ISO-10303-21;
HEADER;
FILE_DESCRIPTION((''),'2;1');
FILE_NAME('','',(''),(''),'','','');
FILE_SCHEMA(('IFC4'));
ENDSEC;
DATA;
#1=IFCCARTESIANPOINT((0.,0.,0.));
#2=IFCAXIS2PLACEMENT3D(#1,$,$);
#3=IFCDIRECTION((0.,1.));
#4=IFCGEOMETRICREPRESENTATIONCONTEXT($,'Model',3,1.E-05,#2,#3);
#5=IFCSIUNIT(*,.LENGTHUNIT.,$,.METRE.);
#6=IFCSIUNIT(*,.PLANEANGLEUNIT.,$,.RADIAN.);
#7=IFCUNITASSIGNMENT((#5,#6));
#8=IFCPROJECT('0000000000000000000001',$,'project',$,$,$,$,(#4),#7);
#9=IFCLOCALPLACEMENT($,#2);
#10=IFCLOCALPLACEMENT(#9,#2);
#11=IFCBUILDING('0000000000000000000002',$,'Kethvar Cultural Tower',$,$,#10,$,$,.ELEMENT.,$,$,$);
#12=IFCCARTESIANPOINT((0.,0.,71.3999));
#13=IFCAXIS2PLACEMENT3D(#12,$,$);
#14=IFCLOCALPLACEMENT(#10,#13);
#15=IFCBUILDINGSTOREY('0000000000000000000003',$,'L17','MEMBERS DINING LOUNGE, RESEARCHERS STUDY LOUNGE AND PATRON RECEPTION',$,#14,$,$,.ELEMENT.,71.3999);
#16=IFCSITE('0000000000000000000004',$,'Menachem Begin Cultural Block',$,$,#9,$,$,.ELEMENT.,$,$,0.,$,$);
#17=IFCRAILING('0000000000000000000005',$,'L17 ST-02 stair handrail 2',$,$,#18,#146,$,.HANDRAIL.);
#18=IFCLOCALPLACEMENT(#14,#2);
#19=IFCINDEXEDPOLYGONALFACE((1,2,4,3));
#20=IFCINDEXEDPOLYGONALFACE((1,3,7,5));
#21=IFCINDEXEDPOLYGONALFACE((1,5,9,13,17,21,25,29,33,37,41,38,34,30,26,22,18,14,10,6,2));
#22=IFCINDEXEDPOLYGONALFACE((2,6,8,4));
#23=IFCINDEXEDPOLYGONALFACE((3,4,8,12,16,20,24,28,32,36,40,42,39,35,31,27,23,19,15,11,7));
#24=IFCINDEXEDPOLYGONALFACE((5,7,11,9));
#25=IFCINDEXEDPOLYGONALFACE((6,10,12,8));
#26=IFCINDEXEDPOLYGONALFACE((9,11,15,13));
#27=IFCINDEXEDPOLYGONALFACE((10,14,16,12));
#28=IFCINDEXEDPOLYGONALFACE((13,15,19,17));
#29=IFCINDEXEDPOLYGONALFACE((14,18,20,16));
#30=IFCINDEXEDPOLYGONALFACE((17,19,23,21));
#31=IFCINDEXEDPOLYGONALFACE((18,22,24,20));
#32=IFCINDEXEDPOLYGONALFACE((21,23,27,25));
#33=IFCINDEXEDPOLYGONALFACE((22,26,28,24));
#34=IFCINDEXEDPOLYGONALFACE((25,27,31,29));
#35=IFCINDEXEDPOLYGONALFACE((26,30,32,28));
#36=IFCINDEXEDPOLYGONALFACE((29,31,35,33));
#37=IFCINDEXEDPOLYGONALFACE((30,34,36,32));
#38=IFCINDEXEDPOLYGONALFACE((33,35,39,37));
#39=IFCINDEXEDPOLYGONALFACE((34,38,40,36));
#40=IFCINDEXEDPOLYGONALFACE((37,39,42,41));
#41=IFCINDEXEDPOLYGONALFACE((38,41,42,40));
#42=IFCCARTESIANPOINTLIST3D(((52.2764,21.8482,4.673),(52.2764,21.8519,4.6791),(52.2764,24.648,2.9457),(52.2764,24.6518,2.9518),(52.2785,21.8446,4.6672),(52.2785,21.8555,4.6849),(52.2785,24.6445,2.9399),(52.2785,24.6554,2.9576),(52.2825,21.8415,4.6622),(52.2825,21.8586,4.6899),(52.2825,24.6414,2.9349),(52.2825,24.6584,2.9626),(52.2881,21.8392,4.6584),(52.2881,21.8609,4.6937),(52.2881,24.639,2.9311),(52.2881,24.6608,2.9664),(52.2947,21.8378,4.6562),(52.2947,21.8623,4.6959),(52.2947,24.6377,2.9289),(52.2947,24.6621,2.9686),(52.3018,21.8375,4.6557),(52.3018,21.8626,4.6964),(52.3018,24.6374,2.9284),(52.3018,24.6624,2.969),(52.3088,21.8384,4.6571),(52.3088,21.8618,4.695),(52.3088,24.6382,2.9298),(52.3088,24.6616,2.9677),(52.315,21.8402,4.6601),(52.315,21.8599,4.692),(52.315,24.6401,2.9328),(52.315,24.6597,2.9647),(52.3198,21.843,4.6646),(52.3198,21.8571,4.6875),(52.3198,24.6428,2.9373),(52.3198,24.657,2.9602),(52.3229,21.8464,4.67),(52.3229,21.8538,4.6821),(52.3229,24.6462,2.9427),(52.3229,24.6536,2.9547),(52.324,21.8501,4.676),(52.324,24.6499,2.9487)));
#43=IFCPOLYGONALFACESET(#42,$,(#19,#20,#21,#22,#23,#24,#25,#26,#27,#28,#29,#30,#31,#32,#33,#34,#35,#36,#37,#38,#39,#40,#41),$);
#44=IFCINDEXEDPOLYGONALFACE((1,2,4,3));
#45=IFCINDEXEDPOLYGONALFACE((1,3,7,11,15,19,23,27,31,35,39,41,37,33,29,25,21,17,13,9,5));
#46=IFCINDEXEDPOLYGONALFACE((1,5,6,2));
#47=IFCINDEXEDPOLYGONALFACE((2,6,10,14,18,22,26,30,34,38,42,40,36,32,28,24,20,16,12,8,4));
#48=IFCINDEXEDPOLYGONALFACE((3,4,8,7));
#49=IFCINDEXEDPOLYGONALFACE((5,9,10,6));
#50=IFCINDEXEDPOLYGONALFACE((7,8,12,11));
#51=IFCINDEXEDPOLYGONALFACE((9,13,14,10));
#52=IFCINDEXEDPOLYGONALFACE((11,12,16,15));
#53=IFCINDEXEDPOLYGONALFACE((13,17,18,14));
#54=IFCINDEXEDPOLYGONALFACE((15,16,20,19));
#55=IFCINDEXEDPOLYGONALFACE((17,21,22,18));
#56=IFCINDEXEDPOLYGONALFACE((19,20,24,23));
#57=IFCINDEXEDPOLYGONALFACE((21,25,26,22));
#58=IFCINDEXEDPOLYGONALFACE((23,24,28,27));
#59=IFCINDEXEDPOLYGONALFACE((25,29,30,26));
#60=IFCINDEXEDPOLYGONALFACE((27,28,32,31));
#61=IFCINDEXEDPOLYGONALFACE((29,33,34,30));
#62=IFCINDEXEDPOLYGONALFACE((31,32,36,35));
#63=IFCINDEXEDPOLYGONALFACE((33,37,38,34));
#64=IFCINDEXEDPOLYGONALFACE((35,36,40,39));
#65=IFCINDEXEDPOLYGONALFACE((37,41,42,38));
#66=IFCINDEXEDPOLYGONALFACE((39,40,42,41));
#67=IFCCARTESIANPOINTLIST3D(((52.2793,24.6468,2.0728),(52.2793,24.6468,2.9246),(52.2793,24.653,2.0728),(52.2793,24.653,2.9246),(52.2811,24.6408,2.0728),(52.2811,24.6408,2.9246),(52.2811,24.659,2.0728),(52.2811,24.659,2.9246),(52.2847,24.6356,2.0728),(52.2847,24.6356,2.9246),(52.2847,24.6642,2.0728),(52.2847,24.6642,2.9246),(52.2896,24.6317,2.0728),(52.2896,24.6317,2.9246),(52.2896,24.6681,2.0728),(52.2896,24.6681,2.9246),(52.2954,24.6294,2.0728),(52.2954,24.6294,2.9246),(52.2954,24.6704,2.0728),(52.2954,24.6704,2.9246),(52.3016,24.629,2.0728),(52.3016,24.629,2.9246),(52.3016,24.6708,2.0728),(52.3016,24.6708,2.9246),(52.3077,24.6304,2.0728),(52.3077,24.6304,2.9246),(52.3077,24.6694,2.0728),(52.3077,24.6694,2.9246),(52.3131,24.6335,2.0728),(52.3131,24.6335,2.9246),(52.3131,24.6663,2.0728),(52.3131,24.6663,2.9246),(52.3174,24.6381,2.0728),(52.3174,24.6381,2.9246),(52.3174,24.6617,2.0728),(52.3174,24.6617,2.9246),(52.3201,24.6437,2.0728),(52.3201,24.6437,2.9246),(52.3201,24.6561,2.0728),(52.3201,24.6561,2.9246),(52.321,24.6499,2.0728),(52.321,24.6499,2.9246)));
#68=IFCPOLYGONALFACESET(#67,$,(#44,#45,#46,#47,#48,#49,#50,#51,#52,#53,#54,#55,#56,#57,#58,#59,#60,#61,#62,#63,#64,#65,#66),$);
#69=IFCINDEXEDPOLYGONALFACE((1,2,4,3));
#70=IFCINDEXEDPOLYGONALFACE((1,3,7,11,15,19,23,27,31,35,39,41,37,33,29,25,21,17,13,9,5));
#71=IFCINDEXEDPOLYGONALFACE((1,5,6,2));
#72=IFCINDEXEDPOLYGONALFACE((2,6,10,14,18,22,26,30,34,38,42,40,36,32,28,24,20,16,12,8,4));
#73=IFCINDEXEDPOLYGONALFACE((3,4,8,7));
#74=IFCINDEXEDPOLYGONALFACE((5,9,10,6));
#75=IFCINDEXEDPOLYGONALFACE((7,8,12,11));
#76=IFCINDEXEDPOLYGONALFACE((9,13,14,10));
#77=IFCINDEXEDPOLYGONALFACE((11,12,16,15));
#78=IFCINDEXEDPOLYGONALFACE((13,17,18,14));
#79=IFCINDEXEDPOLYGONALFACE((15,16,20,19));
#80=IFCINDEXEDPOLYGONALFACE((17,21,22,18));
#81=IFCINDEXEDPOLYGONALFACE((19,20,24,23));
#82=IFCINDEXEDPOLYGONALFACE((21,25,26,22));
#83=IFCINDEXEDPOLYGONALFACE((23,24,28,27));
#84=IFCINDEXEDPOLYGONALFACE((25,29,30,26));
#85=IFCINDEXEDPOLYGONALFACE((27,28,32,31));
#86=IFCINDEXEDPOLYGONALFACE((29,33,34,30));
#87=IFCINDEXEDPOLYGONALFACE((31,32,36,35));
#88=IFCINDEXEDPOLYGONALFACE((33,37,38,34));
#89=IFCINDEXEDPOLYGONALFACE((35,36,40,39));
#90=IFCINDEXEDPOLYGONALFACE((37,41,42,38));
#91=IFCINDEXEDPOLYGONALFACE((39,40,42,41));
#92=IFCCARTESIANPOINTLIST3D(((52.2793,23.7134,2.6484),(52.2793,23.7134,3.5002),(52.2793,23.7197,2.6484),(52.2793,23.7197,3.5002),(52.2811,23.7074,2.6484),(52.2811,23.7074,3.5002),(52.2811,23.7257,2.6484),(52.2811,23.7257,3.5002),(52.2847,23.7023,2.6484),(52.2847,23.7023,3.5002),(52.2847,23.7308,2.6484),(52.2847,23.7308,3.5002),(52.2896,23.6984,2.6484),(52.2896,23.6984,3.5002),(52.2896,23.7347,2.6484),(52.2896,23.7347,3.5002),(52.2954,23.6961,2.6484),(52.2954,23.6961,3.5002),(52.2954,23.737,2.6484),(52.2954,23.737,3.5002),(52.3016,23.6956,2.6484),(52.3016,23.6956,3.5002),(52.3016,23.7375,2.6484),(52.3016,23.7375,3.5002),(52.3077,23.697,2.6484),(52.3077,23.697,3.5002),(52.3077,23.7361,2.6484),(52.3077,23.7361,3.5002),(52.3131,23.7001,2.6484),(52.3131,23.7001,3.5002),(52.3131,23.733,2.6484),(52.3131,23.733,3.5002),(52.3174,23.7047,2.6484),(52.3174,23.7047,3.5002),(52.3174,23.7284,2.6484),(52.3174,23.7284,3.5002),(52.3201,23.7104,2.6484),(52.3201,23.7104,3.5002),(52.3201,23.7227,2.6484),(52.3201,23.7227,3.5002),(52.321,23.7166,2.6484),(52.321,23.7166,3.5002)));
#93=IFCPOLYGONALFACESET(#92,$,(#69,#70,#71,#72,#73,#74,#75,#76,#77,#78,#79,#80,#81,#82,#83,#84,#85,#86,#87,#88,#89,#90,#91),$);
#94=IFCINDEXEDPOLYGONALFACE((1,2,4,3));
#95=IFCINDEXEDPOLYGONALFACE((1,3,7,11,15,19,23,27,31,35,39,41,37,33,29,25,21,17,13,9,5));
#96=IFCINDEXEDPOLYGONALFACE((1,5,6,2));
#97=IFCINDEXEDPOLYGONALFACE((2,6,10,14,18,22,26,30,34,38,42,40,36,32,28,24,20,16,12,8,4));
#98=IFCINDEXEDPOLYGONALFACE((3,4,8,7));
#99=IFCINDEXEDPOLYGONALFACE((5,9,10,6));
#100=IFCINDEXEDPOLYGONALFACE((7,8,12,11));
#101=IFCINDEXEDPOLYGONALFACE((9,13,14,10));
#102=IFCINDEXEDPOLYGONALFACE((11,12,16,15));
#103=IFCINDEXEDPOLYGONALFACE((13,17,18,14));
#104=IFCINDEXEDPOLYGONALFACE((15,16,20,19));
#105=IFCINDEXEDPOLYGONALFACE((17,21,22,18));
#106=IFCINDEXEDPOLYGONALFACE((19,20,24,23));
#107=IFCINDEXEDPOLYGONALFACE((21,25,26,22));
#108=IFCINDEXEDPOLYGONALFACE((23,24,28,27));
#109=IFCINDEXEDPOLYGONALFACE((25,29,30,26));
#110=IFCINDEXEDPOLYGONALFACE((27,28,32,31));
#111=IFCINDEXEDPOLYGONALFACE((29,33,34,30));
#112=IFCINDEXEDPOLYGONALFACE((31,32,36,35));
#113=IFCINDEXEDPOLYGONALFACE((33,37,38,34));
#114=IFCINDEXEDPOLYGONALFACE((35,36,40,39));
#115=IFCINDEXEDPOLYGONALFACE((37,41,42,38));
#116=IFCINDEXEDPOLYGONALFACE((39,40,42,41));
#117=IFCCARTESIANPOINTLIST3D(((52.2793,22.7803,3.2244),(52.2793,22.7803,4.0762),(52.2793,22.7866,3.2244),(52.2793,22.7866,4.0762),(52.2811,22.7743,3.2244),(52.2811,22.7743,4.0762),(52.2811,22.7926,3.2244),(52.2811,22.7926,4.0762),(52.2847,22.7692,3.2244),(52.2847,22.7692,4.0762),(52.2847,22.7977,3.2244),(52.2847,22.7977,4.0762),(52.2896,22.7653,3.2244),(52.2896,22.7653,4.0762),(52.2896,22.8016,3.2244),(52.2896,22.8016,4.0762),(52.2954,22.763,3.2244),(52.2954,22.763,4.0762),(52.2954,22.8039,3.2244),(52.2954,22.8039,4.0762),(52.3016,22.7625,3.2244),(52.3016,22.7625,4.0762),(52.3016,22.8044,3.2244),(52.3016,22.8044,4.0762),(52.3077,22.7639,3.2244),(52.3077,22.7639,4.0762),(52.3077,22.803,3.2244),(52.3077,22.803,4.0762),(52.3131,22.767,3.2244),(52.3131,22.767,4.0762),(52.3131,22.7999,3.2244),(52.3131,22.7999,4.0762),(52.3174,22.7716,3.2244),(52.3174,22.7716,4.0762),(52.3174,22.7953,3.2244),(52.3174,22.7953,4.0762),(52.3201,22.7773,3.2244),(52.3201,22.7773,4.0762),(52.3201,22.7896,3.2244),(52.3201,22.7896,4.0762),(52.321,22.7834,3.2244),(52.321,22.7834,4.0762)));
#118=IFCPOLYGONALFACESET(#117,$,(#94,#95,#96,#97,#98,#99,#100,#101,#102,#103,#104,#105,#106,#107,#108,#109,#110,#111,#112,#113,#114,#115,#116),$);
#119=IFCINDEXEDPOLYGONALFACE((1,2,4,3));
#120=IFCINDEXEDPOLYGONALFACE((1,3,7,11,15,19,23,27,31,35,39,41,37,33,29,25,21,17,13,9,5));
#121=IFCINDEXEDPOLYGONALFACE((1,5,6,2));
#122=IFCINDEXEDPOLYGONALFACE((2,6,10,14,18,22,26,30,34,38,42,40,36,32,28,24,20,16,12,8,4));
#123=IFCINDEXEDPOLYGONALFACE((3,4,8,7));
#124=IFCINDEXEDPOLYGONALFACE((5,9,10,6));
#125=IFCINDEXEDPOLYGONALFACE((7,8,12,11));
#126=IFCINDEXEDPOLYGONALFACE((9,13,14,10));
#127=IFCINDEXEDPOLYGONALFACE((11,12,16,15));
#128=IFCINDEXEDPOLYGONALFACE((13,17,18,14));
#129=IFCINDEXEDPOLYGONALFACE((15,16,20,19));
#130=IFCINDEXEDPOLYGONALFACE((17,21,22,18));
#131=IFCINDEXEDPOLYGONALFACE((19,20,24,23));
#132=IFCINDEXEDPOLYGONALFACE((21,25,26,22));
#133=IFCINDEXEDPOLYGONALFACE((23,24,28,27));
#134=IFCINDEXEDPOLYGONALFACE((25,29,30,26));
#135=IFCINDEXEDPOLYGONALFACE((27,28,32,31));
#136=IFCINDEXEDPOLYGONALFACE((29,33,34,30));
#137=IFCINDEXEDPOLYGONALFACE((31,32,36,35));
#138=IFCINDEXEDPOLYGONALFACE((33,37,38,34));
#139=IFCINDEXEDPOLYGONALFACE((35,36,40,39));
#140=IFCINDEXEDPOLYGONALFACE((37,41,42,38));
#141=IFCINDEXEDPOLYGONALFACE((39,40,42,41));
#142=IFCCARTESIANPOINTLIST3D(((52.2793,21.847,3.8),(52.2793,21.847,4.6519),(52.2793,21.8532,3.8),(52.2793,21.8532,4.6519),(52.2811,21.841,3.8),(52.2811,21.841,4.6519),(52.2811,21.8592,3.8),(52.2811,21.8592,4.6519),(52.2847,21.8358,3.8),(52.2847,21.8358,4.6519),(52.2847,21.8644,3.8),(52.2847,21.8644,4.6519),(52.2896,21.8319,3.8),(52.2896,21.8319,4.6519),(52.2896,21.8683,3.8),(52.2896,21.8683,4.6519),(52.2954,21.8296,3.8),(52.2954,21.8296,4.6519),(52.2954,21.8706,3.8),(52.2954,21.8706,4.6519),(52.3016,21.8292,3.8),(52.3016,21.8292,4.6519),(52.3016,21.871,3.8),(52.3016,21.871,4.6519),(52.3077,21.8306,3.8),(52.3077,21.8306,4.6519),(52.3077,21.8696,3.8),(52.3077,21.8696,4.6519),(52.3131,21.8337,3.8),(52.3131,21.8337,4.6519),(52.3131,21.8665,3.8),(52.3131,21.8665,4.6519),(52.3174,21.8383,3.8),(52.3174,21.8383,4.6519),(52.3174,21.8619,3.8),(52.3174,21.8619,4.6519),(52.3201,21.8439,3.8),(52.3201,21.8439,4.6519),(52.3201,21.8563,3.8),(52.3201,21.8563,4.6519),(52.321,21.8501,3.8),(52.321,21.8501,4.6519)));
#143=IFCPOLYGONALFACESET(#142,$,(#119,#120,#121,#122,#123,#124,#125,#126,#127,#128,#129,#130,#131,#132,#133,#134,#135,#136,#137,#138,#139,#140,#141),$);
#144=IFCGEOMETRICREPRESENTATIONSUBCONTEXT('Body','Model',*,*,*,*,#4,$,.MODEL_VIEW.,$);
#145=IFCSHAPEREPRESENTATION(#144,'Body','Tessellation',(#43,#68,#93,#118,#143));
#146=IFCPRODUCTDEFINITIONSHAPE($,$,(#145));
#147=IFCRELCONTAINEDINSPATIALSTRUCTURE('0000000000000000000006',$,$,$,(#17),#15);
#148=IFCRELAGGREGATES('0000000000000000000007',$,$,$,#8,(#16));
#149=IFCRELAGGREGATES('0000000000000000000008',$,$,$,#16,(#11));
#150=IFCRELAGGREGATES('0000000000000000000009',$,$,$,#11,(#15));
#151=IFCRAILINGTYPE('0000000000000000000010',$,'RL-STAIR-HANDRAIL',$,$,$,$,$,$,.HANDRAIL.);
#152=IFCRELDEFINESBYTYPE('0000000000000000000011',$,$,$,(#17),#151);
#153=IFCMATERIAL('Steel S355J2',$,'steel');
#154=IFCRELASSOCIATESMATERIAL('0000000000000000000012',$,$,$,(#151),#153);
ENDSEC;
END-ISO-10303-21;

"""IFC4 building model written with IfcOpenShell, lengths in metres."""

from ifc_helpers import new_model, si_unit, direction, frame, origin, origin_2d, place, context, subcontext, project, spatial, circle, extrude, material, type_object, element, save


model = new_model("IFC4")

# Units and contexts
model_context = context("Model", 3, precision=1e-05, world=origin(), true_north=direction((0.0, 1.0)))
body_context = subcontext(model_context, "Body", "Model", "MODEL_VIEW")
ifc_project = project(units=[si_unit("LENGTHUNIT", "METRE"), si_unit("PLANEANGLEUNIT", "RADIAN")], contexts=[model_context])

# Site, building, storey
site_placement = place(None, origin())
site = spatial("IfcSite", under=ifc_project, at=site_placement, Name="Menachem Begin Cultural Block", CompositionType="ELEMENT", RefElevation=0.0)
building_placement = place(site_placement, origin())
building = spatial("IfcBuilding", under=site, at=building_placement, Name="Kethvar Cultural Tower", CompositionType="ELEMENT")
storey_placement = place(building_placement, frame((0.0, 0.0, 71.3999)))
storey = spatial("IfcBuildingStorey", under=building, at=storey_placement, Name="L17", Description="MEMBERS DINING LOUNGE, RESEARCHERS STUDY LOUNGE AND PATRON RECEPTION", CompositionType="ELEMENT", Elevation=71.3999)

# Shared definitions
ifc_material_1 = material(Name="Steel S355J2", Category="steel")

# Railing
railing_type_1 = type_object("IfcRailingType", Name="RL-STAIR-HANDRAIL", PredefinedType="HANDRAIL", material=ifc_material_1)
railing_1_placement = place(storey_placement, frame((52.3, 24.6499, 2.0728)))
element("IfcRailing", 1, at=railing_1_placement, inside=storey, type_object=railing_type_1, Name="L17 ST-02 stair handrail 2", PredefinedType="HANDRAIL", context=body_context, shape_type="SweptSolid", body=[
    extrude(circle(Radius=0.0239, at=origin_2d()), frame((0.0, 0.0, 0.876), z_axis=(0.0, -0.851069, 0.525054), x_axis=(1.0, 0.0, 0.0)), (0.0, 0.0, 1.0), 3.2898),
    extrude(circle(Radius=0.021, at=origin_2d()), origin(), (0.0, 0.0, 1.0), 0.8518),
    extrude(circle(Radius=0.021, at=origin_2d()), frame((0.0, -0.9333, 0.5757)), (0.0, 0.0, 1.0), 0.8518),
    extrude(circle(Radius=0.021, at=origin_2d()), frame((0.0, -1.8665, 1.1516)), (0.0, 0.0, 1.0), 0.8518),
    extrude(circle(Radius=0.021, at=origin_2d()), frame((0.0, -2.7998, 1.7273)), (0.0, 0.0, 1.0), 0.8518),
])

save(model, "model.ifc")
